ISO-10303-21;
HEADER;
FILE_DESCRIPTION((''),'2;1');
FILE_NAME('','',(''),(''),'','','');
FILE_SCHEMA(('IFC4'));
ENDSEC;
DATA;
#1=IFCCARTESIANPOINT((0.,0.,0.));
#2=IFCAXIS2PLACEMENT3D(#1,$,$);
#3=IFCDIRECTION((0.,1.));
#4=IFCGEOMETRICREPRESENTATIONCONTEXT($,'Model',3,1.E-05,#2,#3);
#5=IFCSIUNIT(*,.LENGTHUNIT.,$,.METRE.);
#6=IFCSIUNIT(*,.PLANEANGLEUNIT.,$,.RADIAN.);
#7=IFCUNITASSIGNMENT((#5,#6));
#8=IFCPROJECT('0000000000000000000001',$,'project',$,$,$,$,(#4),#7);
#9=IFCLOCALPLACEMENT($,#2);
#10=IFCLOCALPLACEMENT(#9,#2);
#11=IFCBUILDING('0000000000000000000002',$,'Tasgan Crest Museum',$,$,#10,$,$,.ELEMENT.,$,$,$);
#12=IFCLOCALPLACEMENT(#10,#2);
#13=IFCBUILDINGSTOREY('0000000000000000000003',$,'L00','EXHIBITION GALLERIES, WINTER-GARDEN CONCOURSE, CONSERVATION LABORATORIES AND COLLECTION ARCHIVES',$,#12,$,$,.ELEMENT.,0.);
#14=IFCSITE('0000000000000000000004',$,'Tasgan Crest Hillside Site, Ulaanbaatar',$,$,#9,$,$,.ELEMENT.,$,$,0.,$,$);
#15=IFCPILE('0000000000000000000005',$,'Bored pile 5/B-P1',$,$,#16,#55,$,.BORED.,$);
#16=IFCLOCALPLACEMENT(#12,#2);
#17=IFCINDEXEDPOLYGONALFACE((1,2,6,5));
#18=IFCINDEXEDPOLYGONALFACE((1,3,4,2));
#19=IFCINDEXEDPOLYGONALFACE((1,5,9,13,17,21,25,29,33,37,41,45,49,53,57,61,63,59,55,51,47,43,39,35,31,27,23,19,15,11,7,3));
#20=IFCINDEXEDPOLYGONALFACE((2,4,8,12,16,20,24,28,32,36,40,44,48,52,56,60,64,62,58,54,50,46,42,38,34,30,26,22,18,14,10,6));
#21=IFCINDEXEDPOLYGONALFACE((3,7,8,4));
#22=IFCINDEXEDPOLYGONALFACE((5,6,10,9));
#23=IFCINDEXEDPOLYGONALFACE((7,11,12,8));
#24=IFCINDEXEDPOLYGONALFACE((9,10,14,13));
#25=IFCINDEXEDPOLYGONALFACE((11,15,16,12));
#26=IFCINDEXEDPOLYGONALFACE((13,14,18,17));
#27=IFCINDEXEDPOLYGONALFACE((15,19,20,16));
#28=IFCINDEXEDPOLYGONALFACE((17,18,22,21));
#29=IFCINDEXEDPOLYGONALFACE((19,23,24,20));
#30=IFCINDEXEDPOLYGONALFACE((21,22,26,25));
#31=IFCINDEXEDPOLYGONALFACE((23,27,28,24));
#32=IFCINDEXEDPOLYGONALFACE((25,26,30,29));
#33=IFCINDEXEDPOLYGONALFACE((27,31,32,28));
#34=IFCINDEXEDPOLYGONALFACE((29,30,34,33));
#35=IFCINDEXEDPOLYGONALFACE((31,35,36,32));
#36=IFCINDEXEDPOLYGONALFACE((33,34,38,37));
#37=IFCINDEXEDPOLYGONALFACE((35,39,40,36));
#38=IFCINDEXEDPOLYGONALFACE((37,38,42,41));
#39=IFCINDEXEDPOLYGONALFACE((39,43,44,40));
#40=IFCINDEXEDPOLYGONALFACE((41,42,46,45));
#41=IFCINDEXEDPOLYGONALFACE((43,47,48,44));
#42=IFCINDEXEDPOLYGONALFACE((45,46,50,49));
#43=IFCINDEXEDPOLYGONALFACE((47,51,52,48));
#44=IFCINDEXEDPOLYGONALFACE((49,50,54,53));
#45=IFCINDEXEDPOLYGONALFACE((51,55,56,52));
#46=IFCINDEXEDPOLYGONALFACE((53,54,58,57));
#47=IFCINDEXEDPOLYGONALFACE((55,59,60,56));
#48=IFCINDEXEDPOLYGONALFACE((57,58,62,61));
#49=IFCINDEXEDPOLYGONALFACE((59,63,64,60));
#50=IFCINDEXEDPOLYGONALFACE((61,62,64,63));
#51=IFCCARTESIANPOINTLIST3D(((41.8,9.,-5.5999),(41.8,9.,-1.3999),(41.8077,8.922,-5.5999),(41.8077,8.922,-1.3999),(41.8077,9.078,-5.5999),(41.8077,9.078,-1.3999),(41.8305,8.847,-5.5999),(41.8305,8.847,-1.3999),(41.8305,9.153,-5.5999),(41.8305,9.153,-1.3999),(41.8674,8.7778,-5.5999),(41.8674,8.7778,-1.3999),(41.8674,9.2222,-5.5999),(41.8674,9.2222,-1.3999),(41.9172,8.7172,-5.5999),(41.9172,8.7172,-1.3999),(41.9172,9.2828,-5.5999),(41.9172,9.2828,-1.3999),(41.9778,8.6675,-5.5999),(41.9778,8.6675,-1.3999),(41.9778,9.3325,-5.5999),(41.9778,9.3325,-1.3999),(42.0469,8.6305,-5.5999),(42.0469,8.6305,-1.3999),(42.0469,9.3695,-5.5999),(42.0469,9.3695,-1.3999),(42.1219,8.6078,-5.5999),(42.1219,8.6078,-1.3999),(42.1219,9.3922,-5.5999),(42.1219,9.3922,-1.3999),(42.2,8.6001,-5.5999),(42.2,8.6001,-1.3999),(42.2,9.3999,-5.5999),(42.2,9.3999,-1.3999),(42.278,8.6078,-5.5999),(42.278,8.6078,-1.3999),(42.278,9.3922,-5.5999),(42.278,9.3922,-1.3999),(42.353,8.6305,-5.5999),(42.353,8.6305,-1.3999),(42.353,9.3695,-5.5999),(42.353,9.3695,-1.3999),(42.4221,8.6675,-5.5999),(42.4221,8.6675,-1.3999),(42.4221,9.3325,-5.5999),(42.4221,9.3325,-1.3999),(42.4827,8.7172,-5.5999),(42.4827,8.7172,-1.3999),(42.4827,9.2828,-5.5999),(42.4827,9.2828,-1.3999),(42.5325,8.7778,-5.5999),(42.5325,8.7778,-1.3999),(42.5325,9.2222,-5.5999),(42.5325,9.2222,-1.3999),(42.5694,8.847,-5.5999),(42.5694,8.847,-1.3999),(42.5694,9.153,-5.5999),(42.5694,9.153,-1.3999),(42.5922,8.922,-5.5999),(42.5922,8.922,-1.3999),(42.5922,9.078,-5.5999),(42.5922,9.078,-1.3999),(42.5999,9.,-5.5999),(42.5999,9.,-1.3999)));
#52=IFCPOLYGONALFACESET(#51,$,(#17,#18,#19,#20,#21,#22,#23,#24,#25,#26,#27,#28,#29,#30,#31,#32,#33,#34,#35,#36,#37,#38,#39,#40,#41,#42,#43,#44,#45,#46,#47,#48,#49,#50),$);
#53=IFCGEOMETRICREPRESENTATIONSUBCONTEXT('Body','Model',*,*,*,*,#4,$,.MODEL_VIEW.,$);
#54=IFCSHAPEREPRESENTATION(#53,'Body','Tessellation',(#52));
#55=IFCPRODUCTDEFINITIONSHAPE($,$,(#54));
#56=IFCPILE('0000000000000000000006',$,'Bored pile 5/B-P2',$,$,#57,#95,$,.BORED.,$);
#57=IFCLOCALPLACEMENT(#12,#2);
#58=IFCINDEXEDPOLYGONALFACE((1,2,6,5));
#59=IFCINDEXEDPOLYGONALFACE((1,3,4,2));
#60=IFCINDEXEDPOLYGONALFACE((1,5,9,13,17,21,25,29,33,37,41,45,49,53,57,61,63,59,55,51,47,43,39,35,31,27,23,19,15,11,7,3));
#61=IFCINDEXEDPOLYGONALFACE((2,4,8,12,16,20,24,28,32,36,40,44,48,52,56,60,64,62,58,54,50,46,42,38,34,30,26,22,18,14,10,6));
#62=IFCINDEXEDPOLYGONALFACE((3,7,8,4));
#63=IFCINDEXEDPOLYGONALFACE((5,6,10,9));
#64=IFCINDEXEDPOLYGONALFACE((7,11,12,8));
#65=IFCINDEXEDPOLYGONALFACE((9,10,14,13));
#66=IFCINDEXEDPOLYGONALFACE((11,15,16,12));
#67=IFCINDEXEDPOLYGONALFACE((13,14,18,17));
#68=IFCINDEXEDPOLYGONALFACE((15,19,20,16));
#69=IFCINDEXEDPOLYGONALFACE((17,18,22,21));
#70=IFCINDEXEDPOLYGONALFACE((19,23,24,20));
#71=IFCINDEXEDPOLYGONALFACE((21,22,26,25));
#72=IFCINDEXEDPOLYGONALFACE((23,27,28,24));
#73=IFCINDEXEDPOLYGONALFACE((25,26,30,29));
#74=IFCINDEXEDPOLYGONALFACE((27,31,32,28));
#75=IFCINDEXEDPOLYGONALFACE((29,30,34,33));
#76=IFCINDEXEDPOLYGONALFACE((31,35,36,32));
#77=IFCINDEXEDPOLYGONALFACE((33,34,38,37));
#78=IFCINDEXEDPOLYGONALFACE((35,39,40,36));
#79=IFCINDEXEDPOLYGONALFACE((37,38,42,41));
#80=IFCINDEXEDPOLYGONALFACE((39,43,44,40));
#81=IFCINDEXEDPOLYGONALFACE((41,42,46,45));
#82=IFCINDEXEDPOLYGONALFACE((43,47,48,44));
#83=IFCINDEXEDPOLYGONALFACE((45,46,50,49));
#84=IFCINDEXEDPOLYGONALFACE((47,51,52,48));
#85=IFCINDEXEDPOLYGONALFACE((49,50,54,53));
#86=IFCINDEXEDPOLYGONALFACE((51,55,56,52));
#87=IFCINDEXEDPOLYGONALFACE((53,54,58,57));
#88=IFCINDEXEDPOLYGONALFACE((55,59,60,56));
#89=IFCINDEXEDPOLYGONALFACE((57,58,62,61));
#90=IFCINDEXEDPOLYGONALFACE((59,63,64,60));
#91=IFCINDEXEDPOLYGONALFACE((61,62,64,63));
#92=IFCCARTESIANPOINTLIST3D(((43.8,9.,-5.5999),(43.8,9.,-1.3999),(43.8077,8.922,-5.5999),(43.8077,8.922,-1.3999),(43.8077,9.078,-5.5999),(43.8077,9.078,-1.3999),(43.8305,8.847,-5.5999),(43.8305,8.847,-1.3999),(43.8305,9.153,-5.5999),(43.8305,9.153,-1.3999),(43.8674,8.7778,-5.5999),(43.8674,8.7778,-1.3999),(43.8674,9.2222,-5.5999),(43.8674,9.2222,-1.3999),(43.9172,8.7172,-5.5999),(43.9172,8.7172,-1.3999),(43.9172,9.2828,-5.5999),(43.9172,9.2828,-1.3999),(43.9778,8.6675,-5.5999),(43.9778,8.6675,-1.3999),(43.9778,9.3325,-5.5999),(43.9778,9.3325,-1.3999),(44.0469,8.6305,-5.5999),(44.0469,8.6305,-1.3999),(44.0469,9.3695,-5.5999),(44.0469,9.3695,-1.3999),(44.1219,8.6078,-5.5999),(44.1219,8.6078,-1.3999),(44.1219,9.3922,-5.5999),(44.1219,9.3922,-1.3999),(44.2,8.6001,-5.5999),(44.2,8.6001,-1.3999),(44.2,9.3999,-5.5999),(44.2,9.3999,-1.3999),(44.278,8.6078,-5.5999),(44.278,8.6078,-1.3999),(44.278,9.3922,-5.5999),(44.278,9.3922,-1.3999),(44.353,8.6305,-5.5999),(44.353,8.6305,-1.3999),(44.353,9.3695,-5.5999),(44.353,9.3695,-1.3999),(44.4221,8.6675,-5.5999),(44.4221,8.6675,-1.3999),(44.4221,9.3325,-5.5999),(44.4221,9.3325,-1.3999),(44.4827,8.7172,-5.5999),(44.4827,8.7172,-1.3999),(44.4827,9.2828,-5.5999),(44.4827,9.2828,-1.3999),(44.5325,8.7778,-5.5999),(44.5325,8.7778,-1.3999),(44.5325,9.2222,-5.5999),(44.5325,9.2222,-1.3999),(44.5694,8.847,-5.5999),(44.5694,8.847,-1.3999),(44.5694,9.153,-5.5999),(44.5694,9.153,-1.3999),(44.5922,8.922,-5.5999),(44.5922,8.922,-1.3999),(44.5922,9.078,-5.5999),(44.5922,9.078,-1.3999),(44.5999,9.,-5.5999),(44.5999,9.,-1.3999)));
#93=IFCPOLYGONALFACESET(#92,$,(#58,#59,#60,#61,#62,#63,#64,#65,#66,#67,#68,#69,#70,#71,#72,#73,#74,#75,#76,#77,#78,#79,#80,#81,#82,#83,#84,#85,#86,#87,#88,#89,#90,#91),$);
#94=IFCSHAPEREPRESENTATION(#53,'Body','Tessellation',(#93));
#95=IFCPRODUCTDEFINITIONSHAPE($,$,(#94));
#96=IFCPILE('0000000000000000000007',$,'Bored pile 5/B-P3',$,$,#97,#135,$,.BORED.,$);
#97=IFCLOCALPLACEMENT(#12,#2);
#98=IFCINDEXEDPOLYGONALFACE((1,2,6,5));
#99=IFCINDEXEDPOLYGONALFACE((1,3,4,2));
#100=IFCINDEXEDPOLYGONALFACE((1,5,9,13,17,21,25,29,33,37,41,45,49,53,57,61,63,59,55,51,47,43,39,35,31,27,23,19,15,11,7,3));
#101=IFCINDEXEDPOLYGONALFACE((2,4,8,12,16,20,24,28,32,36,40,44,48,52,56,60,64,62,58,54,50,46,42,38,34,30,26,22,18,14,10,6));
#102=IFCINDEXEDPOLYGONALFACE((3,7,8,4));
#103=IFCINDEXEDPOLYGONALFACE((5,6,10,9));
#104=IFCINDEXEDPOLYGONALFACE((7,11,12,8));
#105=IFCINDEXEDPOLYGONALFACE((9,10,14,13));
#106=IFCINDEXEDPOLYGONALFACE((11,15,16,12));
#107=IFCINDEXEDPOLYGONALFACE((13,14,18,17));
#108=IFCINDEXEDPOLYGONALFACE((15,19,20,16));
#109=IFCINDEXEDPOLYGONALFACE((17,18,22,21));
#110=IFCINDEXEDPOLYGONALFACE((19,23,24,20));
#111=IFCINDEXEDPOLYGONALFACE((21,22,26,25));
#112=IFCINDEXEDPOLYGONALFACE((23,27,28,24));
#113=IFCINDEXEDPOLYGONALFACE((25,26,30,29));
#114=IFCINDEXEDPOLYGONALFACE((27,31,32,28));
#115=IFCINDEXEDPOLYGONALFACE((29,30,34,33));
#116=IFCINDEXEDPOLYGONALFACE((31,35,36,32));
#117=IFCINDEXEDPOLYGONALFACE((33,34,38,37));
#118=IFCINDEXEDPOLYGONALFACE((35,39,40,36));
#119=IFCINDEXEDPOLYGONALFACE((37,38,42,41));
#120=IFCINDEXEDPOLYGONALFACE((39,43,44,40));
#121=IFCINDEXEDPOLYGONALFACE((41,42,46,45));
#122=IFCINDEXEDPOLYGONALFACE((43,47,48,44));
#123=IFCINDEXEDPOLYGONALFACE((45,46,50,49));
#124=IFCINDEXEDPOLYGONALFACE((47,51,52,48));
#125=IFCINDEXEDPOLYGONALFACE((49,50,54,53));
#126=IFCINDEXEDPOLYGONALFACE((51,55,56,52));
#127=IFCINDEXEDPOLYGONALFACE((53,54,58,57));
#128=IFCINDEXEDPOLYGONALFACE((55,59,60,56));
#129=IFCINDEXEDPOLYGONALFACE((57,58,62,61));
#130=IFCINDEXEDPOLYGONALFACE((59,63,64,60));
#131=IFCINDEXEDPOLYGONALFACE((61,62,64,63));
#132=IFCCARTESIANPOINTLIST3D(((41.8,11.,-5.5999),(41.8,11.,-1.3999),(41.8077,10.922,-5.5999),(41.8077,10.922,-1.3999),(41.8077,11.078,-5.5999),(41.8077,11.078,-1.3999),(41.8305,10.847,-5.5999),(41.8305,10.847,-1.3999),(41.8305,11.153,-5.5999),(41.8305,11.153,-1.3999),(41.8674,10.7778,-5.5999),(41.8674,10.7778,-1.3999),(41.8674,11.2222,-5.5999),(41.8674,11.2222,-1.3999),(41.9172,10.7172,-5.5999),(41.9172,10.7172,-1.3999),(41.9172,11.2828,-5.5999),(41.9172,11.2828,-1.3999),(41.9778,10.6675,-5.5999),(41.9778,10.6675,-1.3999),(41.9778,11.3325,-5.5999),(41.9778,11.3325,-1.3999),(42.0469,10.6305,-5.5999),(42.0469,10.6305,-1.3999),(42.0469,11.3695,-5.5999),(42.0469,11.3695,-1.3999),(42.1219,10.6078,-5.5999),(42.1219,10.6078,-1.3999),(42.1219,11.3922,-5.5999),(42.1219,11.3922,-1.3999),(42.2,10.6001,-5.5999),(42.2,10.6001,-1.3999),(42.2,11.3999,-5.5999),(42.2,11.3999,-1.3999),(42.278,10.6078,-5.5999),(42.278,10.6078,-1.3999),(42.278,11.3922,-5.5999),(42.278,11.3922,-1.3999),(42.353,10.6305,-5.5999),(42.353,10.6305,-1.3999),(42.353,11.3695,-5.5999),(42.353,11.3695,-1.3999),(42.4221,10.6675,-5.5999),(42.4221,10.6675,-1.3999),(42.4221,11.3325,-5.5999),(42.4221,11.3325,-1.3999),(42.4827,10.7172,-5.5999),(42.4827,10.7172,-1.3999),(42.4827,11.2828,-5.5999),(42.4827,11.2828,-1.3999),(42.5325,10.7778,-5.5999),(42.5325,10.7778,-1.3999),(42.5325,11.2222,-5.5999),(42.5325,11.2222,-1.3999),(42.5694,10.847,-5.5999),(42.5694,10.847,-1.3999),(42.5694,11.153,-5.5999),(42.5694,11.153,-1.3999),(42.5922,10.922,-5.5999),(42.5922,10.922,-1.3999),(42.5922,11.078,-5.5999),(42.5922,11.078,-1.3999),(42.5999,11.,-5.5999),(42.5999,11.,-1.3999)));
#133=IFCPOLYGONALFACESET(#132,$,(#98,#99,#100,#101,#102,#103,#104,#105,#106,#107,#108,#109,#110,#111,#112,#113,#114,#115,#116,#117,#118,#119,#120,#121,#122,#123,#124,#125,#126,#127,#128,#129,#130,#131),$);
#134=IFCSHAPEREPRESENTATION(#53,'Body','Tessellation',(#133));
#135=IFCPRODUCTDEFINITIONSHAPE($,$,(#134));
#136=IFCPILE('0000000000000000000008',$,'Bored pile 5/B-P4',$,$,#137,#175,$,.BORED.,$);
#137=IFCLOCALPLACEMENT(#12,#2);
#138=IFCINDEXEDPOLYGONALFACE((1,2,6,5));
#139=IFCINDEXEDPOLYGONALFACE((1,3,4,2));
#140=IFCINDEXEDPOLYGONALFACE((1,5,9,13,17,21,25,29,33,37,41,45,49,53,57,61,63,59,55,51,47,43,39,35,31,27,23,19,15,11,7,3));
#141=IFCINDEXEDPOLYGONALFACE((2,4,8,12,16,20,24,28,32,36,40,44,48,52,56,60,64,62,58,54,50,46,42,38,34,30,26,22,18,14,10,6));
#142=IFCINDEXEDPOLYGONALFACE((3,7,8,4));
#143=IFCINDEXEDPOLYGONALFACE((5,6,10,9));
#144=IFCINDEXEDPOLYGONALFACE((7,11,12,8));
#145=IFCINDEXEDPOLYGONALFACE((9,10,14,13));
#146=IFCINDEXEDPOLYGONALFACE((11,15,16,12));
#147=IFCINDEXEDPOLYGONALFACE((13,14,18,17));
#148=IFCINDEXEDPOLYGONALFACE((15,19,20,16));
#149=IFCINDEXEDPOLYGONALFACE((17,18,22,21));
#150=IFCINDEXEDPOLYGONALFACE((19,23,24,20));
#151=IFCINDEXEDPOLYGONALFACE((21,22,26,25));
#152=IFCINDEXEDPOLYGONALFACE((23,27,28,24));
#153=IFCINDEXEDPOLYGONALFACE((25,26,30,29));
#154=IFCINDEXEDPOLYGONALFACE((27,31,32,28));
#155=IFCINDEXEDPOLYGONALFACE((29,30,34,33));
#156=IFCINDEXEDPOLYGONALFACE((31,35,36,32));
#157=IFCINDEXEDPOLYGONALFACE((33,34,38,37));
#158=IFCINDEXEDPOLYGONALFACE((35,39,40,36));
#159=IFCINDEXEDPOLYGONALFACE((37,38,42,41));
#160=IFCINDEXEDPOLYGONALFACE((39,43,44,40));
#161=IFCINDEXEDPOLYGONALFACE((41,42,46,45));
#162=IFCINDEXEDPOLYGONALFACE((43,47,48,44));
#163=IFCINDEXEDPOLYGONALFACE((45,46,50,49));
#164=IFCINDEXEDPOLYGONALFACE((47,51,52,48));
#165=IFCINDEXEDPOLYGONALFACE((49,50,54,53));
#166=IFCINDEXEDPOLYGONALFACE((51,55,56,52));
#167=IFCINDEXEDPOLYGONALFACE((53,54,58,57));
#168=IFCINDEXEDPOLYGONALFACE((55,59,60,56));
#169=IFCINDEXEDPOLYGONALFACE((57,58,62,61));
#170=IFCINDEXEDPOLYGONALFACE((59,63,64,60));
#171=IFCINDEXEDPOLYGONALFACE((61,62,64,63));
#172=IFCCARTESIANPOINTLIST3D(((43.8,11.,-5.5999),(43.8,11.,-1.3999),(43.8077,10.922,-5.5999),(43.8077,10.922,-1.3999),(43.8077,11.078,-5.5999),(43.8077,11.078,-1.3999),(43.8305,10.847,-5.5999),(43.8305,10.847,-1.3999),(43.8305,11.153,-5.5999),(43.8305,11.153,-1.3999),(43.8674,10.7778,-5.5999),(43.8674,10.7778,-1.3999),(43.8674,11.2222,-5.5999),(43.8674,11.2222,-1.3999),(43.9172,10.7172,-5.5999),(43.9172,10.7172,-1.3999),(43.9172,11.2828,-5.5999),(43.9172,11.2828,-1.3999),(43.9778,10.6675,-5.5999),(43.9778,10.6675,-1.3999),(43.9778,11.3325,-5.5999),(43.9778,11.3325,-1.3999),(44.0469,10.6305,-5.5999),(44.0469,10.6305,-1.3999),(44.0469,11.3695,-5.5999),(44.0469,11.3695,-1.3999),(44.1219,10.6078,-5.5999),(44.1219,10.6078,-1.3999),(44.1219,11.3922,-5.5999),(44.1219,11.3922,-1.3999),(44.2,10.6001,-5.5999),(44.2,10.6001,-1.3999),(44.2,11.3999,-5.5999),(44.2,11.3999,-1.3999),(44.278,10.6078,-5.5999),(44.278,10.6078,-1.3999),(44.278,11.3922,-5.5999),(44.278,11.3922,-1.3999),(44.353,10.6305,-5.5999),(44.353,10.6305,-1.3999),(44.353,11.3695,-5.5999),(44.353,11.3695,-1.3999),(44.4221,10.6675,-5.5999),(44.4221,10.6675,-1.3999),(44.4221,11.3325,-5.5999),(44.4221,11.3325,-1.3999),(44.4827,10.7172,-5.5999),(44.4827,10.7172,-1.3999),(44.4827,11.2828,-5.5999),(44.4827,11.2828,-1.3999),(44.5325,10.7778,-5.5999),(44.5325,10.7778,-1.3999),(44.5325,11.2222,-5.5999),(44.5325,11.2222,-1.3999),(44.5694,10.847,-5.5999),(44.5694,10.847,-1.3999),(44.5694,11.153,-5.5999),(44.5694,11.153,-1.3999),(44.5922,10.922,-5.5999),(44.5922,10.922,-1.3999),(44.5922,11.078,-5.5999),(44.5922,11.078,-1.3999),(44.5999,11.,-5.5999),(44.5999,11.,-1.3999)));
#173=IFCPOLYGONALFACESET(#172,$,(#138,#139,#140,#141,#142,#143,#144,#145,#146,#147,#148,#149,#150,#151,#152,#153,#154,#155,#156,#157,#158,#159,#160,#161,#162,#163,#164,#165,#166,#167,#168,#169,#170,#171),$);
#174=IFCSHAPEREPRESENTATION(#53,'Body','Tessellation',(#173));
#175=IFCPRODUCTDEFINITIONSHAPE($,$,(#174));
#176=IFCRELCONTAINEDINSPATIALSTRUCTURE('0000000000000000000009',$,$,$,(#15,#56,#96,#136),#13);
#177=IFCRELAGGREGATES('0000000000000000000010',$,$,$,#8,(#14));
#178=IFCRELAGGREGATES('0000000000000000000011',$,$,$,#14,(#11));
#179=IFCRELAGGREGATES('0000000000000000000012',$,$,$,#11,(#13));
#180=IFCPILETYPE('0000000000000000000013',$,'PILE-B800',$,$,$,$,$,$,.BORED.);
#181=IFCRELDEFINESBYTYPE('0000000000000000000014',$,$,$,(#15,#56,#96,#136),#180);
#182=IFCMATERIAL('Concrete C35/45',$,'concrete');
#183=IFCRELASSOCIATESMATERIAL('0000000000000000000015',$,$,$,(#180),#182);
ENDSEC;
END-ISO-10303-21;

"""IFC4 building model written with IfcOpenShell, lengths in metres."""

from ifc_helpers import new_model, si_unit, direction, frame, origin, origin_2d, place, context, subcontext, project, spatial, circle, extrude, material, material_profile, profile_set, type_object, element, save


model = new_model("IFC4")

# Units and contexts
model_context = context("Model", 3, precision=1e-05, world=origin(), true_north=direction((0.0, 1.0)))
body_context = subcontext(model_context, "Body", "Model", "MODEL_VIEW")
ifc_project = project(units=[si_unit("LENGTHUNIT", "METRE"), si_unit("PLANEANGLEUNIT", "RADIAN")], contexts=[model_context])

# Site, building, storey
site_placement = place(None, origin())
site = spatial("IfcSite", under=ifc_project, at=site_placement, Name="Tasgan Crest Hillside Site, Ulaanbaatar", CompositionType="ELEMENT", RefElevation=0.0)
building_placement = place(site_placement, origin())
building = spatial("IfcBuilding", under=site, at=building_placement, Name="Tasgan Crest Museum", CompositionType="ELEMENT")
storey_placement = place(building_placement, origin())
storey = spatial("IfcBuildingStorey", under=building, at=storey_placement, Name="L00", Description="EXHIBITION GALLERIES, WINTER-GARDEN CONCOURSE, CONSERVATION LABORATORIES AND COLLECTION ARCHIVES", CompositionType="ELEMENT", Elevation=0.0)

# Piles
ifc_material_1 = material(Name="Concrete C35/45", Category="concrete")
ifc_material_profile_1 = material_profile(ifc_material_1, circle(Radius=0.3999, at=origin_2d()), Name="PILE D800")
ifc_profile_set_1 = profile_set([ifc_material_profile_1], Name="Concrete C35/45")
pile_type_1 = type_object("IfcPileType", Name="PILE-B800", PredefinedType="BORED", material=ifc_profile_set_1)
for number, where, z_axis, x_axis, name in (
    (1, (42.2, 9.0, -1.3999), (0.0, 0.0, -1.0), (1.0, 0.0, 0.0), "Bored pile 5/B-P1"),
    (2, (44.2, 9.0, -1.3999), (0.0, 0.0, -1.0), (1.0, 0.0, 0.0), "Bored pile 5/B-P2"),
    (3, (42.2, 11.0, -1.3999), (0.0, 0.0, -1.0), (1.0, 0.0, 0.0), "Bored pile 5/B-P3"),
    (4, (44.2, 11.0, -1.3999), (0.0, 0.0, -1.0), (1.0, 0.0, 0.0), "Bored pile 5/B-P4"),
):
    element("IfcPile", number, at=place(storey_placement, frame(where, z_axis=z_axis, x_axis=x_axis)), inside=storey, type_object=pile_type_1, Name=name, PredefinedType="BORED", context=body_context, shape_type="SweptSolid", body=[
        extrude(circle(Radius=0.3999, at=origin_2d()), origin(), (0.0, 0.0, 1.0), 4.2),
    ])

save(model, "model.ifc")
